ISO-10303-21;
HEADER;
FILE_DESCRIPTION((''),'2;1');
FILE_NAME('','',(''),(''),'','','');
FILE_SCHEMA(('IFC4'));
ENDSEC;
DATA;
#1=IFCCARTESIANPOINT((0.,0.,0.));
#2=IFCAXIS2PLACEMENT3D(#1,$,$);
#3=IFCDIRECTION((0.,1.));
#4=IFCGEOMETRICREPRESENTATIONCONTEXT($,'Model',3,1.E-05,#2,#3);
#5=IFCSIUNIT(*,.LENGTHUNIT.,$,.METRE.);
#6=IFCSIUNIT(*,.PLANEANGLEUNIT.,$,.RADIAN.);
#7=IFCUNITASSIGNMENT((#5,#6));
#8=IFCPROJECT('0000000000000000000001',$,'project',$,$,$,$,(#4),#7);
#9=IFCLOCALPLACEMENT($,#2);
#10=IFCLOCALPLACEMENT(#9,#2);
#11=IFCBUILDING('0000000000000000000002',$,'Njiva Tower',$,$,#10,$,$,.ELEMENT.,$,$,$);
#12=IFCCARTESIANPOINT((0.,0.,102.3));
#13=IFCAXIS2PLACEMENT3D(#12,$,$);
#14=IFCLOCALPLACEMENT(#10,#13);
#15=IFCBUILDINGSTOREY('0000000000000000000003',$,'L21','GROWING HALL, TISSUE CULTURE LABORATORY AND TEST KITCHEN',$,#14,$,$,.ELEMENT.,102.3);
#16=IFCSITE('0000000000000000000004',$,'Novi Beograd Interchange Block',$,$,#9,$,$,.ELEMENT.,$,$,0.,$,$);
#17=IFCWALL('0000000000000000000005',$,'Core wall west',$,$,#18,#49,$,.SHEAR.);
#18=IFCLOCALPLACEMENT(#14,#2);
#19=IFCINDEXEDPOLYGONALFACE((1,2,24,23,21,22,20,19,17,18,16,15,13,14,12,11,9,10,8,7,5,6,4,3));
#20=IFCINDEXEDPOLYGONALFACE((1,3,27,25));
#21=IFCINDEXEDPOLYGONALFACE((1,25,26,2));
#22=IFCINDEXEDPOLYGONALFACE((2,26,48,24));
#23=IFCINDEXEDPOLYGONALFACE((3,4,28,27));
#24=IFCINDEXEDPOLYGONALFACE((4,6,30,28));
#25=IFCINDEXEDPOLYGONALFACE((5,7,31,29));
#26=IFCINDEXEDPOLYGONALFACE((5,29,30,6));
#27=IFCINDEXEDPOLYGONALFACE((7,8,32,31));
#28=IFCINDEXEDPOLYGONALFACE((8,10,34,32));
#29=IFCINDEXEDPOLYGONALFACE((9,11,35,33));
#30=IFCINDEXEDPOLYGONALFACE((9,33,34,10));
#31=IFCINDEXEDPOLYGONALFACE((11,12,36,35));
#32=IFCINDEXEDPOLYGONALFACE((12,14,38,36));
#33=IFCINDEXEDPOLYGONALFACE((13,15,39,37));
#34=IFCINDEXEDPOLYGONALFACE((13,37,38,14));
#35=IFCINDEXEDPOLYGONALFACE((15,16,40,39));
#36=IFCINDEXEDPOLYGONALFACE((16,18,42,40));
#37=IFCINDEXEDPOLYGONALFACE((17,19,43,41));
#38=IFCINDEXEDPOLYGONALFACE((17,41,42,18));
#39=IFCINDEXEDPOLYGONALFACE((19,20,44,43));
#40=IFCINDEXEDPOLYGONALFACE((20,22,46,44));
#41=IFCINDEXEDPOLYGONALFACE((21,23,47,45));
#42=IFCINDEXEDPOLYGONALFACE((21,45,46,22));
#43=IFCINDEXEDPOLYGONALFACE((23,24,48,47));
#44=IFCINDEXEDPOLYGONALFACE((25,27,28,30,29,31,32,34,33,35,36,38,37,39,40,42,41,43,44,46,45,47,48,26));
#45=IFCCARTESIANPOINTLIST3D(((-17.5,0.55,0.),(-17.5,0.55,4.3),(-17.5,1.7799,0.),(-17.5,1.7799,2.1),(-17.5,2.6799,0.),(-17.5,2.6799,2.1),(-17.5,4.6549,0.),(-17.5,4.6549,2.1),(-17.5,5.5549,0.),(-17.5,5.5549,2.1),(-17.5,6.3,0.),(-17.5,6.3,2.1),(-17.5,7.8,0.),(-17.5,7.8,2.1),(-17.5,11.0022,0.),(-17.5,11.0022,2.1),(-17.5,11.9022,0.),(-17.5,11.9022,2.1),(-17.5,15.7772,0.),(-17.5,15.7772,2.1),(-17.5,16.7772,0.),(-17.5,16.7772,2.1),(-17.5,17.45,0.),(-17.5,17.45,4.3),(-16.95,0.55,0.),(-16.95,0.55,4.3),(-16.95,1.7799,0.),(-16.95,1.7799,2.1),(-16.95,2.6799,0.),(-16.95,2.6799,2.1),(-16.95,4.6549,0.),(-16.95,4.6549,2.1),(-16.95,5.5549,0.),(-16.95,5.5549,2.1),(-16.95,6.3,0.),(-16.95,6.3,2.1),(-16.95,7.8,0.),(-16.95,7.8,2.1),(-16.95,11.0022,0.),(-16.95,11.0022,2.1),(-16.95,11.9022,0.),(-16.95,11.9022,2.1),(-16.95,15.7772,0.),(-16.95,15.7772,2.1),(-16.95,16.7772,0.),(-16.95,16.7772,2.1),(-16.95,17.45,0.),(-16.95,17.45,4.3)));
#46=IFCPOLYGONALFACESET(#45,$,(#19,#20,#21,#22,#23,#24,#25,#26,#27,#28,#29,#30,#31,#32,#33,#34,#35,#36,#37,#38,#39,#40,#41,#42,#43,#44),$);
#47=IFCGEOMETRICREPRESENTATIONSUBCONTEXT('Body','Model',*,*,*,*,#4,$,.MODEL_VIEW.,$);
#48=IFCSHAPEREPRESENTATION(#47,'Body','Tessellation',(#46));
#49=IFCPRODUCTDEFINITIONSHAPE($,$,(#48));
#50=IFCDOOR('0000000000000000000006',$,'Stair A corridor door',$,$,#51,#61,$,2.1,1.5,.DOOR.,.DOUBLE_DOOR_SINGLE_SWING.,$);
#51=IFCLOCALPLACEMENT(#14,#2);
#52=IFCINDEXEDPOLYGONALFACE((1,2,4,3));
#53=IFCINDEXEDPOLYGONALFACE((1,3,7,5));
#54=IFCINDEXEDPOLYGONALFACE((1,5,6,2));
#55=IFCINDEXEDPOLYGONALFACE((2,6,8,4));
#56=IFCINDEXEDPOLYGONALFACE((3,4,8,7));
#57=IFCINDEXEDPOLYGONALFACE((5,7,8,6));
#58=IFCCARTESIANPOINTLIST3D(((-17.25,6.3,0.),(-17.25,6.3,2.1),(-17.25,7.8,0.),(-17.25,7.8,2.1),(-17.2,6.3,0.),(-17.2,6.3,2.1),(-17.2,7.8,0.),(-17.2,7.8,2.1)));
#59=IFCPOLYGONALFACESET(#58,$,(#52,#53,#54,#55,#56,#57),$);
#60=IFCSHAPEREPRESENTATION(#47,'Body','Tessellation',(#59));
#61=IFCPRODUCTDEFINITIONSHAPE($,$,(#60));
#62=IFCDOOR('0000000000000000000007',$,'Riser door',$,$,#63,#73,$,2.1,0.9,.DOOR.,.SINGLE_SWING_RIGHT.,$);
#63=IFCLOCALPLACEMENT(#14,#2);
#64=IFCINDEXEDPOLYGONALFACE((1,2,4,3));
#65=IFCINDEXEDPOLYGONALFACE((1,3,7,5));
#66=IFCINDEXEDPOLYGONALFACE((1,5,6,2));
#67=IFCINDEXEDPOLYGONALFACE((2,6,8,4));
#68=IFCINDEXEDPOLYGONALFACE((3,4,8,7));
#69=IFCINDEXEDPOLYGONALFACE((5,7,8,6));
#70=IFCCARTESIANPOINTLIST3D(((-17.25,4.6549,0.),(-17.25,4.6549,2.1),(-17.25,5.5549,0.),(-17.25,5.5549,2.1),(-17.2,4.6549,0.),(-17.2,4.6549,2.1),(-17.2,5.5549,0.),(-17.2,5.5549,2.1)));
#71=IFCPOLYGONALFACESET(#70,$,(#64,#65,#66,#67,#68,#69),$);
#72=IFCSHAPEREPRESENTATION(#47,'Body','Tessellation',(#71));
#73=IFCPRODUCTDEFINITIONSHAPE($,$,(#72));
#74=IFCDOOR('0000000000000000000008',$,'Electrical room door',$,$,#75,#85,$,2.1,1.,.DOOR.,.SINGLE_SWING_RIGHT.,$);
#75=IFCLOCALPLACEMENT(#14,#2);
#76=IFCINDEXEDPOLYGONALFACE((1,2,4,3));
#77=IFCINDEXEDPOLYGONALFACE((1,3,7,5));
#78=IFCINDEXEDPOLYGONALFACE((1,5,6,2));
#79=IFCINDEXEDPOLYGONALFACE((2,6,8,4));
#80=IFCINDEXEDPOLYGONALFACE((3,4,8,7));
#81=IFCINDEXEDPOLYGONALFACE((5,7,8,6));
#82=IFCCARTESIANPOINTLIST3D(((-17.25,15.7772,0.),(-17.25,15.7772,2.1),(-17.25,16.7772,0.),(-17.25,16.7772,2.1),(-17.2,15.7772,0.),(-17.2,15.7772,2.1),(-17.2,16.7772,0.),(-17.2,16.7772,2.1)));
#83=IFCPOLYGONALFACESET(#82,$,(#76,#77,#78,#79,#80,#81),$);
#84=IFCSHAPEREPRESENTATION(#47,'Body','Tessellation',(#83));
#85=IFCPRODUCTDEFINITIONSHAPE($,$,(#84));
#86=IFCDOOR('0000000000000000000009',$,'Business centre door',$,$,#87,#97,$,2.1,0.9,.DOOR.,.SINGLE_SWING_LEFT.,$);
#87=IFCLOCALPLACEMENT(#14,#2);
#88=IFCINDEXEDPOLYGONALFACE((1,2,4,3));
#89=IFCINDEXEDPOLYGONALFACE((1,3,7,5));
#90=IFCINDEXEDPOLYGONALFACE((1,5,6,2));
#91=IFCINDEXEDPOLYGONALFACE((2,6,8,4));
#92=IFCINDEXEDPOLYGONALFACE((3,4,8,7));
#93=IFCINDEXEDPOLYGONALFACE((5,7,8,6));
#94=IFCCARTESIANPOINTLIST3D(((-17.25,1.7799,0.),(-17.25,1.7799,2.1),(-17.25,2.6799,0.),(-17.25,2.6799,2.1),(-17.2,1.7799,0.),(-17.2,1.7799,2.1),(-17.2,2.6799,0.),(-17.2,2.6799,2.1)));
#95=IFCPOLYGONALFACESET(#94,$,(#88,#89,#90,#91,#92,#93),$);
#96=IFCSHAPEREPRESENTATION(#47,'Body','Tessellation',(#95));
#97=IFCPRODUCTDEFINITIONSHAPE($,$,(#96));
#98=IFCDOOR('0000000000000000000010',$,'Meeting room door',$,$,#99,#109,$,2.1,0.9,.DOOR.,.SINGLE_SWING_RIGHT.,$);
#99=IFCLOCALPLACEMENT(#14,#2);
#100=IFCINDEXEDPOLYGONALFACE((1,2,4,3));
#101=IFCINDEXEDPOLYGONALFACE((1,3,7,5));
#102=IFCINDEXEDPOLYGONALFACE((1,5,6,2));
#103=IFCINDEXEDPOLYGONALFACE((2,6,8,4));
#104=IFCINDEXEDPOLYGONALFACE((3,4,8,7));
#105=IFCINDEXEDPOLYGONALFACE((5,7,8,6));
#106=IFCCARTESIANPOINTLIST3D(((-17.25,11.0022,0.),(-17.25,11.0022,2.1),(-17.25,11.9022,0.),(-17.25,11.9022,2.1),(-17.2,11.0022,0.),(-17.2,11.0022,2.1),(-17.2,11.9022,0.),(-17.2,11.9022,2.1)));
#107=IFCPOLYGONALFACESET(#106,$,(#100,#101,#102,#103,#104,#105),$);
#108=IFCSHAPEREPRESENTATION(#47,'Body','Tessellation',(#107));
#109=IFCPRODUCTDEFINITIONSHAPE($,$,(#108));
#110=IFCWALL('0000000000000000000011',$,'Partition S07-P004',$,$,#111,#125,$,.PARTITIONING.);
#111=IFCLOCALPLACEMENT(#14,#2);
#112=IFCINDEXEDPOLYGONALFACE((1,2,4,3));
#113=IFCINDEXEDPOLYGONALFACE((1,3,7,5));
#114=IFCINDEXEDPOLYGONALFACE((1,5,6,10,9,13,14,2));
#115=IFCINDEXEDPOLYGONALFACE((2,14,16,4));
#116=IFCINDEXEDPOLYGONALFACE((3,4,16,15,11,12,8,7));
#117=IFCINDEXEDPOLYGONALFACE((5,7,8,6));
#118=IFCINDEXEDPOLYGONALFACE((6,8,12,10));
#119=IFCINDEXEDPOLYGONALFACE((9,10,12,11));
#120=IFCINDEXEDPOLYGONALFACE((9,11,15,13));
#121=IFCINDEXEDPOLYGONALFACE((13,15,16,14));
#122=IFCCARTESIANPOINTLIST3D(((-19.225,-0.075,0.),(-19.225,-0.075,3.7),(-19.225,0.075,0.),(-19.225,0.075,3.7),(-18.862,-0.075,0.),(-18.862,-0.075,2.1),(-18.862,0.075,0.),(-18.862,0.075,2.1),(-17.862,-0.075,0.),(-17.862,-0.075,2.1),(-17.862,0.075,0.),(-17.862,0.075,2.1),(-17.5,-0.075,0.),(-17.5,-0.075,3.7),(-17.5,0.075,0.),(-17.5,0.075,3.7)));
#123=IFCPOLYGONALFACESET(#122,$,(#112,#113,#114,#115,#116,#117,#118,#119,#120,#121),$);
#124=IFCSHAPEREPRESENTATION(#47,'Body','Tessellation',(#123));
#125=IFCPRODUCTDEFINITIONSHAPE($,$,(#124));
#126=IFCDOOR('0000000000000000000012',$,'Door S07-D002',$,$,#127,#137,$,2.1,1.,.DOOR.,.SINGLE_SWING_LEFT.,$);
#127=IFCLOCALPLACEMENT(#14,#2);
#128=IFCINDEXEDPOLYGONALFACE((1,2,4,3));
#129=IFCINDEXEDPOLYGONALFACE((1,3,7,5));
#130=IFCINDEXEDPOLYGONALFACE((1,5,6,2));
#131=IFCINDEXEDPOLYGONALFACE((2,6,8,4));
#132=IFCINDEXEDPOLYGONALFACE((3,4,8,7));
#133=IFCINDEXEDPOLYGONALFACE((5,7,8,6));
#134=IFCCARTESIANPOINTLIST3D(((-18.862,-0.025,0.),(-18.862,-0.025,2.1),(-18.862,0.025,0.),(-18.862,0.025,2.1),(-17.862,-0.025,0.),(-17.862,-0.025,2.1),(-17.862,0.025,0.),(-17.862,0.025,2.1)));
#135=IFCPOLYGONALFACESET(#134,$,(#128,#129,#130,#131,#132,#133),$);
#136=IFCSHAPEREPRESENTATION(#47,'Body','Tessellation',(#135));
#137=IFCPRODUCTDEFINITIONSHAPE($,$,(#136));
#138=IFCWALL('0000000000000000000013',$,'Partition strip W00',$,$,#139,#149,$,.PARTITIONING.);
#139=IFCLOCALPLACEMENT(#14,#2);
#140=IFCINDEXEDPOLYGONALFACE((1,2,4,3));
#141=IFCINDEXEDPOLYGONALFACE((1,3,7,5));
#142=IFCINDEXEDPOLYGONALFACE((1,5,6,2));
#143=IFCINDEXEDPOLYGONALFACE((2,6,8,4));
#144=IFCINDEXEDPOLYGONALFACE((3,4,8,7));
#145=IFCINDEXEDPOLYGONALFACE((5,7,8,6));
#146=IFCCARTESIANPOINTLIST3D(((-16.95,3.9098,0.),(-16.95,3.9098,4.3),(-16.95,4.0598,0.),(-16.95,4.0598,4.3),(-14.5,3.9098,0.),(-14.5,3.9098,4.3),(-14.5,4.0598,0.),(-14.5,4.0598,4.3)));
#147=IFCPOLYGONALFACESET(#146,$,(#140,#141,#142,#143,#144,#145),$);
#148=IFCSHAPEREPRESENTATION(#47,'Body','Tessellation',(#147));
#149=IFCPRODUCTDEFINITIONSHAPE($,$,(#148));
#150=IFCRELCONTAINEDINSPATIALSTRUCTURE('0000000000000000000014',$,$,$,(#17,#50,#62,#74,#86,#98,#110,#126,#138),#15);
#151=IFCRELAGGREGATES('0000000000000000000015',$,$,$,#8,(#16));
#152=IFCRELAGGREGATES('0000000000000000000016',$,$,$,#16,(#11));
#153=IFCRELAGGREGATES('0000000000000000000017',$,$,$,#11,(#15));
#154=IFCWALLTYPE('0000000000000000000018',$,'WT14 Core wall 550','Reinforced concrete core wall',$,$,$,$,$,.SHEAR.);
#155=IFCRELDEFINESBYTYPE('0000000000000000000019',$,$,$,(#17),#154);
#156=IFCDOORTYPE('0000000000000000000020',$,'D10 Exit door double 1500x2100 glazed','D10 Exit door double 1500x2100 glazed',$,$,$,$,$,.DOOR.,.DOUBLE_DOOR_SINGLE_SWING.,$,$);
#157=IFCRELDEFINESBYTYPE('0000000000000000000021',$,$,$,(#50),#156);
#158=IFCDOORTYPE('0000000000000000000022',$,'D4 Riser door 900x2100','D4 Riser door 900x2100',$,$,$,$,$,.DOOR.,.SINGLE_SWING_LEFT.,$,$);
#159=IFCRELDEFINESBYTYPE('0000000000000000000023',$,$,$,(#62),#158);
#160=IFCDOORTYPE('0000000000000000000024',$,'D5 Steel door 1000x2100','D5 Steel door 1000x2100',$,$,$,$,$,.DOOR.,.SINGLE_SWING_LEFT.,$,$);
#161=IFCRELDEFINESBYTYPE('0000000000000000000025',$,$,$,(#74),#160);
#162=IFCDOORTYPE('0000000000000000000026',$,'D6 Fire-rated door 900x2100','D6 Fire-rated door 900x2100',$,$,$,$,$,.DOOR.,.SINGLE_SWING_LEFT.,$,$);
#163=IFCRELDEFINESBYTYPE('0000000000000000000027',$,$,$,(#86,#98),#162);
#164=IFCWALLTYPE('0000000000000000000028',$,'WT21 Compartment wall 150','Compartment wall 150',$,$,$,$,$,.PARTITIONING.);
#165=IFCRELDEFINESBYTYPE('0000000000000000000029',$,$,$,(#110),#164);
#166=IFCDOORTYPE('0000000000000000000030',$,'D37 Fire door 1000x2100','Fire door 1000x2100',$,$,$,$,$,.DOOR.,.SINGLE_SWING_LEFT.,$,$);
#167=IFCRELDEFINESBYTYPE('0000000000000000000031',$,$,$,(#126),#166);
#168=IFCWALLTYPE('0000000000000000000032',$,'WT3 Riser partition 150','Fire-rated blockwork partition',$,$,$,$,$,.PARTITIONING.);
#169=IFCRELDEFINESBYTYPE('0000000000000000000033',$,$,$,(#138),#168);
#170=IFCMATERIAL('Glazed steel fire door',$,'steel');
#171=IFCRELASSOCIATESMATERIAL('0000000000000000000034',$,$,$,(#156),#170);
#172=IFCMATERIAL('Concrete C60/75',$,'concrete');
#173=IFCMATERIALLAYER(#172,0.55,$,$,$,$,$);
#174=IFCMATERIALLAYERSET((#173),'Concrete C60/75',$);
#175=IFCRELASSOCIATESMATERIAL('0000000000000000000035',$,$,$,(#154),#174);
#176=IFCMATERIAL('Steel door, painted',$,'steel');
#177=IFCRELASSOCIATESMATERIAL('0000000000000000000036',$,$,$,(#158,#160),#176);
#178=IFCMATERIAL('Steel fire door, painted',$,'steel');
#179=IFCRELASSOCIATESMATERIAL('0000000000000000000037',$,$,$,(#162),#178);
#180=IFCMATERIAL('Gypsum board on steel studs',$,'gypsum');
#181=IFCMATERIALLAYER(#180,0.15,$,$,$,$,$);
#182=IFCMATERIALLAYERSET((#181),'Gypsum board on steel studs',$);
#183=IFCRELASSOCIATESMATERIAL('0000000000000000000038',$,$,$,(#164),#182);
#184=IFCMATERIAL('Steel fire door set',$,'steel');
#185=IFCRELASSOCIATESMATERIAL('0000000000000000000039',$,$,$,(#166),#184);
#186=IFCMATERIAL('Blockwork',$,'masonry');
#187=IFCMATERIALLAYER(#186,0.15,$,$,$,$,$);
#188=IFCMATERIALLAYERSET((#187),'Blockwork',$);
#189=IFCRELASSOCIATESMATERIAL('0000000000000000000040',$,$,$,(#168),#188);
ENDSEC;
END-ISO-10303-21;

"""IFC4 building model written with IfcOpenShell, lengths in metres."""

from ifc_helpers import new_model, si_unit, direction, frame, frame_2d, origin, place, context, subcontext, project, spatial, rectangle, extrude, material, layer, layer_set, type_object, element, fill, save


model = new_model("IFC4")

# Units and contexts
model_context = context("Model", 3, precision=1e-05, world=origin(), true_north=direction((0.0, 1.0)))
body_context = subcontext(model_context, "Body", "Model", "MODEL_VIEW")
ifc_project = project(units=[si_unit("LENGTHUNIT", "METRE"), si_unit("PLANEANGLEUNIT", "RADIAN")], contexts=[model_context])

# Site, building, storey
site_placement = place(None, origin())
site = spatial("IfcSite", under=ifc_project, at=site_placement, Name="Novi Beograd Interchange Block", CompositionType="ELEMENT", RefElevation=0.0)
building_placement = place(site_placement, origin())
building = spatial("IfcBuilding", under=site, at=building_placement, Name="Njiva Tower", CompositionType="ELEMENT")
storey_placement = place(building_placement, frame((0.0, 0.0, 102.3)))
storey = spatial("IfcBuildingStorey", under=building, at=storey_placement, Name="L21", Description="GROWING HALL, TISSUE CULTURE LABORATORY AND TEST KITCHEN", CompositionType="ELEMENT", Elevation=102.3)

# Shared definitions
ifc_material_1 = material(Name="Glazed steel fire door", Category="steel")
door_type_1 = type_object("IfcDoorType", Name="D10 Exit door double 1500x2100 glazed", Description="D10 Exit door double 1500x2100 glazed", OperationType="DOUBLE_DOOR_SINGLE_SWING", PredefinedType="DOOR", material=ifc_material_1)

# Wall, openings, doors
ifc_material_2 = material(Name="Concrete C60/75", Category="concrete")
ifc_layer_1 = layer(ifc_material_2, 0.55)
ifc_layer_set_1 = layer_set([ifc_layer_1], Name="Concrete C60/75")
wall_type_1 = type_object("IfcWallType", Name="WT14 Core wall 550", Description="Reinforced concrete core wall", PredefinedType="SHEAR", material=ifc_layer_set_1)
wall_1_placement = place(storey_placement, frame((-17.225, 0.55, 0.0), z_axis=(0.0, 0.0, 1.0), x_axis=(0.0, 1.0, 0.0)))
wall_1 = element("IfcWall", 1, at=wall_1_placement, inside=storey, type_object=wall_type_1, Name="Core wall west", PredefinedType="SHEAR", context=body_context, shape_type="SweptSolid", body=[
    extrude(rectangle(XDim=16.9, YDim=0.55, at=frame_2d((8.45, 0.0))), origin(), (0.0, 0.0, 1.0), 4.3),
])
opening_1_placement = place(wall_1_placement, frame((5.75, 0.0, 0.0)))
opening_1 = element("IfcOpeningElement", 2, at=opening_1_placement, cuts=wall_1, PredefinedType="OPENING", context=body_context, shape_type="SweptSolid", body=[
    extrude(rectangle(XDim=1.5, YDim=2.1, at=frame_2d((0.75, 1.05))), frame((0.0, 0.285, 0.0), z_axis=(0.0, -1.0, 0.0), x_axis=(1.0, 0.0, 0.0)), (0.0, 0.0, 1.0), 0.57),
])
opening_2_placement = place(wall_1_placement, frame((1.2299, 0.0, 0.0)))
opening_2 = element("IfcOpeningElement", 3, at=opening_2_placement, cuts=wall_1, PredefinedType="OPENING", context=body_context, shape_type="SweptSolid", body=[
    extrude(rectangle(XDim=0.9, YDim=2.1, at=frame_2d((0.45, 1.05))), frame((0.0, 0.285, 0.0), z_axis=(0.0, -1.0, 0.0), x_axis=(1.0, 0.0, 0.0)), (0.0, 0.0, 1.0), 0.57),
])
opening_3_placement = place(wall_1_placement, frame((4.1049, 0.0, 0.0)))
opening_3 = element("IfcOpeningElement", 4, at=opening_3_placement, cuts=wall_1, PredefinedType="OPENING", context=body_context, shape_type="SweptSolid", body=[
    extrude(rectangle(XDim=0.9, YDim=2.1, at=frame_2d((0.45, 1.05))), frame((0.0, 0.285, 0.0), z_axis=(0.0, -1.0, 0.0), x_axis=(1.0, 0.0, 0.0)), (0.0, 0.0, 1.0), 0.57),
])
opening_4_placement = place(wall_1_placement, frame((10.4522, 0.0, 0.0)))
opening_4 = element("IfcOpeningElement", 5, at=opening_4_placement, cuts=wall_1, PredefinedType="OPENING", context=body_context, shape_type="SweptSolid", body=[
    extrude(rectangle(XDim=0.9, YDim=2.1, at=frame_2d((0.45, 1.05))), frame((0.0, 0.285, 0.0), z_axis=(0.0, -1.0, 0.0), x_axis=(1.0, 0.0, 0.0)), (0.0, 0.0, 1.0), 0.57),
])
opening_5_placement = place(wall_1_placement, frame((15.2272, 0.0, 0.0)))
opening_5 = element("IfcOpeningElement", 6, at=opening_5_placement, cuts=wall_1, PredefinedType="OPENING", context=body_context, shape_type="SweptSolid", body=[
    extrude(rectangle(XDim=1.0, YDim=2.1, at=frame_2d((0.5, 1.05))), frame((0.0, 0.285, 0.0), z_axis=(0.0, -1.0, 0.0), x_axis=(1.0, 0.0, 0.0)), (0.0, 0.0, 1.0), 0.57),
])
door_1_placement = place(opening_1_placement, origin())
door_1 = element("IfcDoor", 7, at=door_1_placement, inside=storey, type_object=door_type_1, Name="Stair A corridor door", OperationType="DOUBLE_DOOR_SINGLE_SWING", OverallHeight=2.1, OverallWidth=1.5, PredefinedType="DOOR", context=body_context, shape_type="SweptSolid", body=[
    extrude(rectangle(XDim=1.5, YDim=2.1, at=frame_2d((0.75, 1.05))), frame((0.0, 0.025, 0.0), z_axis=(0.0, -1.0, 0.0), x_axis=(1.0, 0.0, 0.0)), (0.0, 0.0, 1.0), 0.05),
])
fill(opening_1, door_1)
ifc_material_3 = material(Name="Steel door, painted", Category="steel")
door_type_2 = type_object("IfcDoorType", Name="D4 Riser door 900x2100", Description="D4 Riser door 900x2100", OperationType="SINGLE_SWING_LEFT", PredefinedType="DOOR", material=ifc_material_3)
door_2_placement = place(opening_3_placement, origin())
door_2 = element("IfcDoor", 8, at=door_2_placement, inside=storey, type_object=door_type_2, Name="Riser door", OperationType="SINGLE_SWING_RIGHT", OverallHeight=2.1, OverallWidth=0.9, PredefinedType="DOOR", context=body_context, shape_type="SweptSolid", body=[
    extrude(rectangle(XDim=0.9, YDim=2.1, at=frame_2d((0.45, 1.05))), frame((0.0, 0.025, 0.0), z_axis=(0.0, -1.0, 0.0), x_axis=(1.0, 0.0, 0.0)), (0.0, 0.0, 1.0), 0.05),
])
fill(opening_3, door_2)
door_type_3 = type_object("IfcDoorType", Name="D5 Steel door 1000x2100", Description="D5 Steel door 1000x2100", OperationType="SINGLE_SWING_LEFT", PredefinedType="DOOR", material=ifc_material_3)
door_3_placement = place(opening_5_placement, origin())
door_3 = element("IfcDoor", 9, at=door_3_placement, inside=storey, type_object=door_type_3, Name="Electrical room door", OperationType="SINGLE_SWING_RIGHT", OverallHeight=2.1, OverallWidth=1.0, PredefinedType="DOOR", context=body_context, shape_type="SweptSolid", body=[
    extrude(rectangle(XDim=1.0, YDim=2.1, at=frame_2d((0.5, 1.05))), frame((0.0, 0.025, 0.0), z_axis=(0.0, -1.0, 0.0), x_axis=(1.0, 0.0, 0.0)), (0.0, 0.0, 1.0), 0.05),
])
fill(opening_5, door_3)
ifc_material_4 = material(Name="Steel fire door, painted", Category="steel")
door_type_4 = type_object("IfcDoorType", Name="D6 Fire-rated door 900x2100", Description="D6 Fire-rated door 900x2100", OperationType="SINGLE_SWING_LEFT", PredefinedType="DOOR", material=ifc_material_4)
door_4_placement = place(opening_2_placement, origin())
door_4 = element("IfcDoor", 10, at=door_4_placement, inside=storey, type_object=door_type_4, Name="Business centre door", OperationType="SINGLE_SWING_LEFT", OverallHeight=2.1, OverallWidth=0.9, PredefinedType="DOOR", context=body_context, shape_type="SweptSolid", body=[
    extrude(rectangle(XDim=0.9, YDim=2.1, at=frame_2d((0.45, 1.05))), frame((0.0, 0.025, 0.0), z_axis=(0.0, -1.0, 0.0), x_axis=(1.0, 0.0, 0.0)), (0.0, 0.0, 1.0), 0.05),
])
fill(opening_2, door_4)
door_5_placement = place(opening_4_placement, origin())
door_5 = element("IfcDoor", 11, at=door_5_placement, inside=storey, type_object=door_type_4, Name="Meeting room door", OperationType="SINGLE_SWING_RIGHT", OverallHeight=2.1, OverallWidth=0.9, PredefinedType="DOOR", context=body_context, shape_type="SweptSolid", body=[
    extrude(rectangle(XDim=0.9, YDim=2.1, at=frame_2d((0.45, 1.05))), frame((0.0, 0.025, 0.0), z_axis=(0.0, -1.0, 0.0), x_axis=(1.0, 0.0, 0.0)), (0.0, 0.0, 1.0), 0.05),
])
fill(opening_4, door_5)

# Wall, opening, door
ifc_material_5 = material(Name="Gypsum board on steel studs", Category="gypsum")
ifc_layer_2 = layer(ifc_material_5, 0.15)
ifc_layer_set_2 = layer_set([ifc_layer_2], Name="Gypsum board on steel studs")
wall_type_2 = type_object("IfcWallType", Name="WT21 Compartment wall 150", Description="Compartment wall 150", PredefinedType="PARTITIONING", material=ifc_layer_set_2)
wall_2_placement = place(storey_placement, frame((-19.225, 0.0, 0.0), z_axis=(0.0, 0.0, 1.0), x_axis=(1.0, 0.0, 0.0)))
wall_2 = element("IfcWall", 12, at=wall_2_placement, inside=storey, type_object=wall_type_2, Name="Partition S07-P004", PredefinedType="PARTITIONING", context=body_context, shape_type="SweptSolid", body=[
    extrude(rectangle(XDim=1.725, YDim=0.15, at=frame_2d((0.8625, 0.0))), origin(), (0.0, 0.0, 1.0), 3.7),
])
opening_6_placement = place(wall_2_placement, frame((0.363, 0.0, 0.0)))
opening_6 = element("IfcOpeningElement", 13, at=opening_6_placement, cuts=wall_2, PredefinedType="OPENING", context=body_context, shape_type="SweptSolid", body=[
    extrude(rectangle(XDim=1.0, YDim=2.1, at=frame_2d((0.5, 1.05))), frame((0.0, 0.085, 0.0), z_axis=(0.0, -1.0, 0.0), x_axis=(1.0, 0.0, 0.0)), (0.0, 0.0, 1.0), 0.17),
])
ifc_material_6 = material(Name="Steel fire door set", Category="steel")
door_type_5 = type_object("IfcDoorType", Name="D37 Fire door 1000x2100", Description="Fire door 1000x2100", OperationType="SINGLE_SWING_LEFT", PredefinedType="DOOR", material=ifc_material_6)
door_6_placement = place(opening_6_placement, origin())
door_6 = element("IfcDoor", 14, at=door_6_placement, inside=storey, type_object=door_type_5, Name="Door S07-D002", OperationType="SINGLE_SWING_LEFT", OverallHeight=2.1, OverallWidth=1.0, PredefinedType="DOOR", context=body_context, shape_type="SweptSolid", body=[
    extrude(rectangle(XDim=1.0, YDim=2.1, at=frame_2d((0.5, 1.05))), frame((0.0, 0.025, 0.0), z_axis=(0.0, -1.0, 0.0), x_axis=(1.0, 0.0, 0.0)), (0.0, 0.0, 1.0), 0.05),
])
fill(opening_6, door_6)

# Wall
ifc_material_7 = material(Name="Blockwork", Category="masonry")
ifc_layer_3 = layer(ifc_material_7, 0.15)
ifc_layer_set_3 = layer_set([ifc_layer_3], Name="Blockwork")
wall_type_3 = type_object("IfcWallType", Name="WT3 Riser partition 150", Description="Fire-rated blockwork partition", PredefinedType="PARTITIONING", material=ifc_layer_set_3)
wall_3_placement = place(storey_placement, frame((-16.95, 3.9848, 0.0), z_axis=(0.0, 0.0, 1.0), x_axis=(1.0, 0.0, 0.0)))
element("IfcWall", 15, at=wall_3_placement, inside=storey, type_object=wall_type_3, Name="Partition strip W00", PredefinedType="PARTITIONING", context=body_context, shape_type="SweptSolid", body=[
    extrude(rectangle(XDim=2.45, YDim=0.15, at=frame_2d((1.225, 0.0))), origin(), (0.0, 0.0, 1.0), 4.3),
])

save(model, "model.ifc")
